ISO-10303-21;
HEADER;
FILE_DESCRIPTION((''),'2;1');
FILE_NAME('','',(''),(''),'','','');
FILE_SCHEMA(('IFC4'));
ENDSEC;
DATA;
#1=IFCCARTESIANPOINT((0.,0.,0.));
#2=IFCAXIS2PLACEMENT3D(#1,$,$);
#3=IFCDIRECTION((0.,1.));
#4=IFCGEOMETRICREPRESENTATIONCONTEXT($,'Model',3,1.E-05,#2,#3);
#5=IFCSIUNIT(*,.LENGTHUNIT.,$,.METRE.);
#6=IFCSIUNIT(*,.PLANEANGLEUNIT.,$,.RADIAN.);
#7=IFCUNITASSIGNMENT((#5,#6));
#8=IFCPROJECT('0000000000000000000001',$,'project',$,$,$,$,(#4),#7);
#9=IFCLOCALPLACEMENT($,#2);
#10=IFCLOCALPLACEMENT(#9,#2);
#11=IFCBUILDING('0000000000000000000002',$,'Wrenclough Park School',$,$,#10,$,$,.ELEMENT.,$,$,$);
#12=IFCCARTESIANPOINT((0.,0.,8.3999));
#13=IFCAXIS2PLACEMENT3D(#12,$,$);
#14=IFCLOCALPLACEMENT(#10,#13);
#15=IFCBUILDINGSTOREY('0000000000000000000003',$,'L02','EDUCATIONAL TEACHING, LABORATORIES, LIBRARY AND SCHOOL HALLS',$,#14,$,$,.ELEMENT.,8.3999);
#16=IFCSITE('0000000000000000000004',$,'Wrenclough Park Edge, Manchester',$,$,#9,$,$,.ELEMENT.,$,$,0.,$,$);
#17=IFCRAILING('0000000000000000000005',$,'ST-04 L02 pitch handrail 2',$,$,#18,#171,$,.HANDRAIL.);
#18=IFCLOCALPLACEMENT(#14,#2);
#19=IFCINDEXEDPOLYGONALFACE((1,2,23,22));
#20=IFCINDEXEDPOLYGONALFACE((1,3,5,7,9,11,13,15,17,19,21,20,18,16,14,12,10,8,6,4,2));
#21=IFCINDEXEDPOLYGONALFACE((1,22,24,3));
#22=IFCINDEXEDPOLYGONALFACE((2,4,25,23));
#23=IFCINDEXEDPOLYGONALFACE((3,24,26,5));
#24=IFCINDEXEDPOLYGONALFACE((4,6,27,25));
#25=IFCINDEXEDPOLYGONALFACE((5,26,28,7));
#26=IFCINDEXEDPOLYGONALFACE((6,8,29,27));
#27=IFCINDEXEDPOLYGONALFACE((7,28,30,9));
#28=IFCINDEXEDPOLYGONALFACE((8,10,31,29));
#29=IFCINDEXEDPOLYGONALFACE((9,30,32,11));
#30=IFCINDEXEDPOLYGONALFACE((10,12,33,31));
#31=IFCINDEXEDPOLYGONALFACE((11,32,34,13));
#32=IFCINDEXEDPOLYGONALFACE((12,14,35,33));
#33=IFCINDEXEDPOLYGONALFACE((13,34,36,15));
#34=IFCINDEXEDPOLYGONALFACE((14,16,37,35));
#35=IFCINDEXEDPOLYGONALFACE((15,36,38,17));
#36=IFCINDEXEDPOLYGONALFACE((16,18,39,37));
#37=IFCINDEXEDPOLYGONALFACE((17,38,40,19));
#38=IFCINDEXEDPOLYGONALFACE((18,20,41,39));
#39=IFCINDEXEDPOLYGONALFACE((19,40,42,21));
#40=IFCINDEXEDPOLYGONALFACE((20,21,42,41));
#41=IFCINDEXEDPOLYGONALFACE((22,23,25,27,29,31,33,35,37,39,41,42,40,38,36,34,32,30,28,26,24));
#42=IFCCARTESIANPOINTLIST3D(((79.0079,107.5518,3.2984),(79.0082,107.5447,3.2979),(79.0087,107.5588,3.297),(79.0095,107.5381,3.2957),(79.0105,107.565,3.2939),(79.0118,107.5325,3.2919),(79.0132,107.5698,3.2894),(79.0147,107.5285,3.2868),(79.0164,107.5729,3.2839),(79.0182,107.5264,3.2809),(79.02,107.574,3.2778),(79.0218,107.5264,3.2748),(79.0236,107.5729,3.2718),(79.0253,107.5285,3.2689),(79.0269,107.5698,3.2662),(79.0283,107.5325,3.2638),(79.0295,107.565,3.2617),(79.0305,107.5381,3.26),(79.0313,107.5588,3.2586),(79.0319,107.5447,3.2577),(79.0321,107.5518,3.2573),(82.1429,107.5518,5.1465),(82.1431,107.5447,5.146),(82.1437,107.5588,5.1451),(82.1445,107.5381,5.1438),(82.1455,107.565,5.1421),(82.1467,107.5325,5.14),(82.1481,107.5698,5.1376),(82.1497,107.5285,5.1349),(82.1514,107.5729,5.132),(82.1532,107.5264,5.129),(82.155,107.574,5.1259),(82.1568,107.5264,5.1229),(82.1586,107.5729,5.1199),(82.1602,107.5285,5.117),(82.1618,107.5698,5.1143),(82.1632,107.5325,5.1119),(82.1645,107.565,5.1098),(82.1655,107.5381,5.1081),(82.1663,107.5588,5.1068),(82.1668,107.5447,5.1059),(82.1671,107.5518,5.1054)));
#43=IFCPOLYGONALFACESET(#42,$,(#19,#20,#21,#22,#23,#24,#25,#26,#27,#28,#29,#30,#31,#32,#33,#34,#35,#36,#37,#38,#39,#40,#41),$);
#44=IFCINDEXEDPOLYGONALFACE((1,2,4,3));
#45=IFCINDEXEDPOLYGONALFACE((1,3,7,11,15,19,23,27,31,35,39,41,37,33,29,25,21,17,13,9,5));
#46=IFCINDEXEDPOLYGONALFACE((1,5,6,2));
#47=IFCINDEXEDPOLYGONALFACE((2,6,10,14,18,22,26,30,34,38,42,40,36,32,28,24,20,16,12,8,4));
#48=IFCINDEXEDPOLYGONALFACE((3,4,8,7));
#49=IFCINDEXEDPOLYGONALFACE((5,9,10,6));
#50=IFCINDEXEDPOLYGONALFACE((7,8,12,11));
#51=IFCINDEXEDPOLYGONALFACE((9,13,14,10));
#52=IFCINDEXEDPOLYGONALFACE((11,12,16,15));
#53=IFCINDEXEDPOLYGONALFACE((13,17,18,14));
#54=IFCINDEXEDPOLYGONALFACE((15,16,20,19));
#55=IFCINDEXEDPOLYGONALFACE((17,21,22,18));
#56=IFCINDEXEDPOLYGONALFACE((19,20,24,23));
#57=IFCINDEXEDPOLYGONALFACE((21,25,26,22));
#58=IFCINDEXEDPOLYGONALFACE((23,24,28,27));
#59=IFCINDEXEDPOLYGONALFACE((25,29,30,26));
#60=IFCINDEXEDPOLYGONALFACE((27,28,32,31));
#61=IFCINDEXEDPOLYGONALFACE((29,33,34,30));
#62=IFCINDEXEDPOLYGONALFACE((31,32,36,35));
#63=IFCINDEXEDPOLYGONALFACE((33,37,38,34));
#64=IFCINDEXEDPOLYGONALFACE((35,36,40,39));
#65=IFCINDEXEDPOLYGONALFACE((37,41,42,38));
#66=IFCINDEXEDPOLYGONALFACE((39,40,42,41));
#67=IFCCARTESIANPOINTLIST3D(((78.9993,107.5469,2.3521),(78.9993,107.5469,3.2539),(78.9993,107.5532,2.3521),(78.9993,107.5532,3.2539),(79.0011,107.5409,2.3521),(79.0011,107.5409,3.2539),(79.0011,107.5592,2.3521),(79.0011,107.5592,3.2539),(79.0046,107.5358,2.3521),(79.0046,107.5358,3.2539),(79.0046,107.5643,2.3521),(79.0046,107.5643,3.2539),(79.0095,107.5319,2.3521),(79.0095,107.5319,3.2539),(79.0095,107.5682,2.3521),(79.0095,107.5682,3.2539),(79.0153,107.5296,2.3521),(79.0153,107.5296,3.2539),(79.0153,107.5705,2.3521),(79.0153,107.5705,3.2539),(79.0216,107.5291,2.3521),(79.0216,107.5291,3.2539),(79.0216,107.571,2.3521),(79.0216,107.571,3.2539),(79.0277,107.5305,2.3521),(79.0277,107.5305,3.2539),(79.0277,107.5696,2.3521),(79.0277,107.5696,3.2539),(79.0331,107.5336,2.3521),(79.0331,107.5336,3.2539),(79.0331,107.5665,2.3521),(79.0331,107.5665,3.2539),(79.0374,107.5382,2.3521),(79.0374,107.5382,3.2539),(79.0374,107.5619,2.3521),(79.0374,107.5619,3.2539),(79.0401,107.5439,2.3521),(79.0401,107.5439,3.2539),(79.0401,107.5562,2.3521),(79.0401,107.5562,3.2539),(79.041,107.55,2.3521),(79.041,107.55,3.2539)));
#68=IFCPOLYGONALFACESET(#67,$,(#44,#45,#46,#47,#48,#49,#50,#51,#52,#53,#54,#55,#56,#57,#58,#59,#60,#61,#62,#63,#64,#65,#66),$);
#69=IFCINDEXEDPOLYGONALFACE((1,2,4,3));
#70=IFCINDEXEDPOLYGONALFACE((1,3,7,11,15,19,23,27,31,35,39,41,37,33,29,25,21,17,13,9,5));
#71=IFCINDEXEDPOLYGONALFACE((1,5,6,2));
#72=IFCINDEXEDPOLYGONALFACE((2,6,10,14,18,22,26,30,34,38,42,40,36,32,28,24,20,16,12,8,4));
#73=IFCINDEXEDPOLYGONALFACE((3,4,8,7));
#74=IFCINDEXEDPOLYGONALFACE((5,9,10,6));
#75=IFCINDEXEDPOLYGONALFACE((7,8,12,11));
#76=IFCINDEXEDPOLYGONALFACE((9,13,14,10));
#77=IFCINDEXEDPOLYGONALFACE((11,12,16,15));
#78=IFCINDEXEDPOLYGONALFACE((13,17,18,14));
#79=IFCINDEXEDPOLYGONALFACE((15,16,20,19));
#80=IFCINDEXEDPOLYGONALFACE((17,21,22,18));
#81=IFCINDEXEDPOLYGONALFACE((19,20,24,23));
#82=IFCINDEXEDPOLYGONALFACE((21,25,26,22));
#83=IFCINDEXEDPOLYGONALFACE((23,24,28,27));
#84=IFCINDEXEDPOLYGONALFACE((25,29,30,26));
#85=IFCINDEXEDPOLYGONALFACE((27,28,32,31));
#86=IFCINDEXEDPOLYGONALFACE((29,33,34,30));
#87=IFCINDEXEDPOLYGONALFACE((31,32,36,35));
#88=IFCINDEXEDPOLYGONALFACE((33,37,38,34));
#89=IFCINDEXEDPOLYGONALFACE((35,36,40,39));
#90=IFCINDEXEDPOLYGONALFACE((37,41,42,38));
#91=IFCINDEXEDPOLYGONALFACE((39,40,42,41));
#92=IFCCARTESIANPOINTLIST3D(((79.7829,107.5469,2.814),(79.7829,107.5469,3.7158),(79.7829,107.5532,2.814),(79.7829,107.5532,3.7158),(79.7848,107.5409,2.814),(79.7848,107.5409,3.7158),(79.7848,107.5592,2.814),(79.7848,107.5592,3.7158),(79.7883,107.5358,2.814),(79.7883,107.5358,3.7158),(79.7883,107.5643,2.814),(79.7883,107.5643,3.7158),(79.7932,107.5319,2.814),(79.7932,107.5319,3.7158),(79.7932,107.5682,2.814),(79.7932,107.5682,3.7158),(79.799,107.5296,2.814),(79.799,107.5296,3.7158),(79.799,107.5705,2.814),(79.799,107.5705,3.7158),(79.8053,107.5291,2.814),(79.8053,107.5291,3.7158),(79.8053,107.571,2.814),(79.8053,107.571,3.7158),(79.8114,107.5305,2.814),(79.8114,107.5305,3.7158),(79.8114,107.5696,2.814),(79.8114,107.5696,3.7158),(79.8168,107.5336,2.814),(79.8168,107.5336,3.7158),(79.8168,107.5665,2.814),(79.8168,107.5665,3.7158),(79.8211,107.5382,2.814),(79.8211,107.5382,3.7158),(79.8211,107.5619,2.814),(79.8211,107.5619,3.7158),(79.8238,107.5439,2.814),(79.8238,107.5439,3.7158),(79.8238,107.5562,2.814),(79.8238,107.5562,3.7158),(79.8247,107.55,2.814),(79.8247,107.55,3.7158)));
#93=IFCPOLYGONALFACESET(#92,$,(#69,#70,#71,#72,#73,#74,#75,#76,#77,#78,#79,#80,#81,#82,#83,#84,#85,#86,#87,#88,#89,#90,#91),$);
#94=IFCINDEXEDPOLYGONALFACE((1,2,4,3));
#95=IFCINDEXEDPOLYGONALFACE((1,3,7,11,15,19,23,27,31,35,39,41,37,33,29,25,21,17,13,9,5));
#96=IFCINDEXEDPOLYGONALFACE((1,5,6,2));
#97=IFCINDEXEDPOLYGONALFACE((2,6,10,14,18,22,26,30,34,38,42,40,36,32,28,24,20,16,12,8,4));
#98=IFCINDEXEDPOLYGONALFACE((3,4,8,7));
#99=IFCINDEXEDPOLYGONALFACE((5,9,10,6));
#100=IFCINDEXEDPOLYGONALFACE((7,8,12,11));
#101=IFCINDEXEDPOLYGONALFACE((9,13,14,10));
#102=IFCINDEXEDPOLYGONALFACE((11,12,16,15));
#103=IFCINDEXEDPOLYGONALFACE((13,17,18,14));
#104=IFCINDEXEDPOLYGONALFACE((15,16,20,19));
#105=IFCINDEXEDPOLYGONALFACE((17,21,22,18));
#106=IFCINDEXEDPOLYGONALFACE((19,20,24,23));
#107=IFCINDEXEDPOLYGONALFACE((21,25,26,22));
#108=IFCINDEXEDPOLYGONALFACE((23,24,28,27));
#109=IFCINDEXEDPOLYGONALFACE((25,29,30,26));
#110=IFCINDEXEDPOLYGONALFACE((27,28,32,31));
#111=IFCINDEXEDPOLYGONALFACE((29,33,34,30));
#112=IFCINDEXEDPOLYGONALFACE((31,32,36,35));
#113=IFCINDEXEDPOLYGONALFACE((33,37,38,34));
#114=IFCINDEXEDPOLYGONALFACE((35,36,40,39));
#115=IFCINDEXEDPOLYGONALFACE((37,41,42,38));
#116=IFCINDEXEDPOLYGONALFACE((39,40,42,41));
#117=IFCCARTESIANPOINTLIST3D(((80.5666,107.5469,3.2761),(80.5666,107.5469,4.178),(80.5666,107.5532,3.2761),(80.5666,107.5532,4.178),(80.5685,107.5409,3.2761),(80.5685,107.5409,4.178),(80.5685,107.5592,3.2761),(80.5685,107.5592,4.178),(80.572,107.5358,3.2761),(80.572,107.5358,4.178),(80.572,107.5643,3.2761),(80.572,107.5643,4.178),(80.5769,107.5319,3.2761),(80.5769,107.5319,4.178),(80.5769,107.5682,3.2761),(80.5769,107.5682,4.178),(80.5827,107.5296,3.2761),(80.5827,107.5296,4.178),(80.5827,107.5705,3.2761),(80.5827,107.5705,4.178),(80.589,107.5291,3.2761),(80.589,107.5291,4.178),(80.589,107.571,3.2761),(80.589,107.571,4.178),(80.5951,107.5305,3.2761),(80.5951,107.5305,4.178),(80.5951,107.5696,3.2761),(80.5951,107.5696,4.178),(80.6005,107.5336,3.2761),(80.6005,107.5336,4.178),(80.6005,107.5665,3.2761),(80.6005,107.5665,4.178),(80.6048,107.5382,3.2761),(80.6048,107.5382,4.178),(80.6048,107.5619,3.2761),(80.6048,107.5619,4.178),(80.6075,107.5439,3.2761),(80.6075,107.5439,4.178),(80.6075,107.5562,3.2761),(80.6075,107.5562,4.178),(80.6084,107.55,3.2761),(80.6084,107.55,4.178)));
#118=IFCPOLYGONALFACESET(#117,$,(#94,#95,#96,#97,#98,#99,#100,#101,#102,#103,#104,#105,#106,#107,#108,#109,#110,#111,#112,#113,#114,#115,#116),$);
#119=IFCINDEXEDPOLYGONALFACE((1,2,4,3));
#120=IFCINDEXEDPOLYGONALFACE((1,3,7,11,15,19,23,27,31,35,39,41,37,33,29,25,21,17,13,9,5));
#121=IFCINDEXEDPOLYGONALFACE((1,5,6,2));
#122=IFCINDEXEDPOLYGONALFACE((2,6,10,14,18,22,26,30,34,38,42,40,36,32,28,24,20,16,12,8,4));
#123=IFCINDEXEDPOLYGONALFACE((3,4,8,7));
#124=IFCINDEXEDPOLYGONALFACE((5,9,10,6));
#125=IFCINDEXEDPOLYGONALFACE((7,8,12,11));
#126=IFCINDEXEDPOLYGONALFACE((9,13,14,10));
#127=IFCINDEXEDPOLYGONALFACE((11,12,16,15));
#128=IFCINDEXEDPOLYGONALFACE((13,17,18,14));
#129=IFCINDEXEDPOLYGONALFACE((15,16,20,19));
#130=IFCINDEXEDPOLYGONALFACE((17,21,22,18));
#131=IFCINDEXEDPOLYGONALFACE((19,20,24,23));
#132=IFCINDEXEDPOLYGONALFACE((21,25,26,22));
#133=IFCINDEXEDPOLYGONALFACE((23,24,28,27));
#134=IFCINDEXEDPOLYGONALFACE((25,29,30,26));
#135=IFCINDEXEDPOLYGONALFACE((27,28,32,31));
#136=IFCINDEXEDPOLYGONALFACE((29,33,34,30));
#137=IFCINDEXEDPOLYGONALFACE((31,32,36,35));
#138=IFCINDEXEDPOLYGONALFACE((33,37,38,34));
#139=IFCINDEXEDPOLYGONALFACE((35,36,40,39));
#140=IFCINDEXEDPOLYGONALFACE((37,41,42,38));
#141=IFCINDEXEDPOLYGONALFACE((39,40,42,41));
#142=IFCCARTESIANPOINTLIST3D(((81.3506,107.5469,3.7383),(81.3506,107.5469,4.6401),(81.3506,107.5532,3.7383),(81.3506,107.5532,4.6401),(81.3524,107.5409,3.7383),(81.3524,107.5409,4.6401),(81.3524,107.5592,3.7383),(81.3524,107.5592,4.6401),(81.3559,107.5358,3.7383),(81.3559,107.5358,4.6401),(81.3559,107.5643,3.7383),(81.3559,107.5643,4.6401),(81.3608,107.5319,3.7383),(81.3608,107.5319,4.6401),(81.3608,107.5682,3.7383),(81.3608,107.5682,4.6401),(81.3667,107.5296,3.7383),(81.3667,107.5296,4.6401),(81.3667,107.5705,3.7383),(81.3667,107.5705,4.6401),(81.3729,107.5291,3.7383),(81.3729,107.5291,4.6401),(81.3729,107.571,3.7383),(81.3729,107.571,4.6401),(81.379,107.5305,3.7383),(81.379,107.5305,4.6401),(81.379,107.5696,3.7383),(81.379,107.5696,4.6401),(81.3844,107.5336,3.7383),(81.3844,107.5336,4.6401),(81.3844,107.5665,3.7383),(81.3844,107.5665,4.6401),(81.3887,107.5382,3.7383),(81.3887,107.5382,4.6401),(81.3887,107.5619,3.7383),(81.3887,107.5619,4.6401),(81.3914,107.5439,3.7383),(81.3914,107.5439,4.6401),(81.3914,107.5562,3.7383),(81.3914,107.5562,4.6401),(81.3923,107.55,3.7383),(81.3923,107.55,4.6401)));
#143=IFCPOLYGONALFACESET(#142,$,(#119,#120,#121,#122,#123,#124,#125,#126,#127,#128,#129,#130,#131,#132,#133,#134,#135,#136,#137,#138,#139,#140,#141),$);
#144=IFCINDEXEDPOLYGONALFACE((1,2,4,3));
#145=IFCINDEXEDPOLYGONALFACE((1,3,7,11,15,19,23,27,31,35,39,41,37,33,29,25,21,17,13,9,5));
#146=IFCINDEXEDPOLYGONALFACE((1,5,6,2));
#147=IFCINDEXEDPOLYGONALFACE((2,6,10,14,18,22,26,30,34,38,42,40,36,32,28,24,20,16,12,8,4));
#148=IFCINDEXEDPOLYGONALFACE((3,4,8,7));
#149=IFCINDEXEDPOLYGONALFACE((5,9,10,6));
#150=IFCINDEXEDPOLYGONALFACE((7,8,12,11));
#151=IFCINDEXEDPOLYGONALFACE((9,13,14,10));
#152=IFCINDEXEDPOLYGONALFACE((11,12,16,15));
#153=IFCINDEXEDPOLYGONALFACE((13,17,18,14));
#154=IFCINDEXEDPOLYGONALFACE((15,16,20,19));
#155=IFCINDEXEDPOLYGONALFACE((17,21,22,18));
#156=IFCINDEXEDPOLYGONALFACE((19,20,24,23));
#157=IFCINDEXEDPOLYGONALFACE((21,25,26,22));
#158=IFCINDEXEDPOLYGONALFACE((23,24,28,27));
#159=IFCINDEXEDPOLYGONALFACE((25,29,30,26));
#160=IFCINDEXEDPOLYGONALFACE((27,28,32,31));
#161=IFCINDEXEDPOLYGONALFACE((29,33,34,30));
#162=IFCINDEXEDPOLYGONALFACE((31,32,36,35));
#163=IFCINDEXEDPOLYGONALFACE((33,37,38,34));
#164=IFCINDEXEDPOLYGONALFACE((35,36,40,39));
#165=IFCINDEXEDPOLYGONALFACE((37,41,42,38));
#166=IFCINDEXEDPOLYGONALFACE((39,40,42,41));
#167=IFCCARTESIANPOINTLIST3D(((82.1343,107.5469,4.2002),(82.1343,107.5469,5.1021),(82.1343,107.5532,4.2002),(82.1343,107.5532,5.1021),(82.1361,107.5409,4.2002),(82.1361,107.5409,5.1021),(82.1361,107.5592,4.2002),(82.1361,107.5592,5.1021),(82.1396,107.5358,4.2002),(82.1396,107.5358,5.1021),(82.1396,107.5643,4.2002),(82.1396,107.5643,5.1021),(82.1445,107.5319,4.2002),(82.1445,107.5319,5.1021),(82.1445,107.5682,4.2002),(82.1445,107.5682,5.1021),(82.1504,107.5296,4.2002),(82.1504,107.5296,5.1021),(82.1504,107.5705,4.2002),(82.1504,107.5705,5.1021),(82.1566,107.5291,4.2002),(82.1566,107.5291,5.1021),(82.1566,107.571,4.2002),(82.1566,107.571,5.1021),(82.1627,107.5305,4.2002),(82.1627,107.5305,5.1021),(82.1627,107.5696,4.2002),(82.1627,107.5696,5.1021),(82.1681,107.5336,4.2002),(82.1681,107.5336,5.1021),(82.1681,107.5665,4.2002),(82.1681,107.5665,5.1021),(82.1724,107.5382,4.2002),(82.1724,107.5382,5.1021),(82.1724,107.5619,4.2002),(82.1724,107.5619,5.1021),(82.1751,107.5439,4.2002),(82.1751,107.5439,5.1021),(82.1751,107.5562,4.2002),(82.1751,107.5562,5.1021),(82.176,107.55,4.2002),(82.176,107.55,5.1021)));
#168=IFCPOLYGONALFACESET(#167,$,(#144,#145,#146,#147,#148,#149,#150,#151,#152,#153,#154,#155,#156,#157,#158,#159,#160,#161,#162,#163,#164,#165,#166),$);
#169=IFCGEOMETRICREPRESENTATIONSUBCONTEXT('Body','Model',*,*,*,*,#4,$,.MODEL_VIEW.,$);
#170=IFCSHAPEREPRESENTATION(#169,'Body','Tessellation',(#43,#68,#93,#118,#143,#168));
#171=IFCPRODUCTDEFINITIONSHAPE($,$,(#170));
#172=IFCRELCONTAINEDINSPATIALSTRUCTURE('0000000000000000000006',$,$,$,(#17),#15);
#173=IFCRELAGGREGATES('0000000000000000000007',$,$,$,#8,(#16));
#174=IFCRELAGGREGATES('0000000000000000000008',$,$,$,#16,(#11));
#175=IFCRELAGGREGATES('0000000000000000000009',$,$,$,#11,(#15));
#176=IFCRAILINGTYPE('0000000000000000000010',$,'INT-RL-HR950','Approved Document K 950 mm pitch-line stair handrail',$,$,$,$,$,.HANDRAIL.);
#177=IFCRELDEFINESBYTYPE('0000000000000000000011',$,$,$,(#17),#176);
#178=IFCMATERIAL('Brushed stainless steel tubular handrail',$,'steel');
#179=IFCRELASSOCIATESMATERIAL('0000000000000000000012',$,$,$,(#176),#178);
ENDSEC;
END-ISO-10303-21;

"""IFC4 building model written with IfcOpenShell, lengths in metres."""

from ifc_helpers import new_model, si_unit, direction, frame, origin, origin_2d, place, context, subcontext, project, spatial, circle, extrude, material, type_object, element, save


model = new_model("IFC4")

# Units and contexts
model_context = context("Model", 3, precision=1e-05, world=origin(), true_north=direction((0.0, 1.0)))
body_context = subcontext(model_context, "Body", "Model", "MODEL_VIEW")
ifc_project = project(units=[si_unit("LENGTHUNIT", "METRE"), si_unit("PLANEANGLEUNIT", "RADIAN")], contexts=[model_context])

# Site, building, storey
site_placement = place(None, origin())
site = spatial("IfcSite", under=ifc_project, at=site_placement, Name="Wrenclough Park Edge, Manchester", CompositionType="ELEMENT", RefElevation=0.0)
building_placement = place(site_placement, origin())
building = spatial("IfcBuilding", under=site, at=building_placement, Name="Wrenclough Park School", CompositionType="ELEMENT")
storey_placement = place(building_placement, frame((0.0, 0.0, 8.3999)))
storey = spatial("IfcBuildingStorey", under=building, at=storey_placement, Name="L02", Description="EDUCATIONAL TEACHING, LABORATORIES, LIBRARY AND SCHOOL HALLS", CompositionType="ELEMENT", Elevation=8.3999)

# Railing
ifc_material_1 = material(Name="Brushed stainless steel tubular handrail", Category="steel")
railing_type_1 = type_object("IfcRailingType", Name="INT-RL-HR950", Description="Approved Document K 950 mm pitch-line stair handrail", PredefinedType="HANDRAIL", material=ifc_material_1)
railing_1_placement = place(storey_placement, frame((79.02, 107.55, 2.3521)))
element("IfcRailing", 1, at=railing_1_placement, inside=storey, type_object=railing_type_1, Name="ST-04 L02 pitch handrail 2", PredefinedType="HANDRAIL", context=body_context, shape_type="SweptSolid", body=[
    extrude(circle(Radius=0.0239, at=origin_2d()), frame((0.0, 0.0, 0.9258), z_axis=(0.861451, 0.0, 0.507841), x_axis=(0.0, 1.0, 0.0)), (0.0, 0.0, 1.0), 3.6392),
    extrude(circle(Radius=0.021, at=origin_2d()), origin(), (0.0, 0.0, 1.0), 0.9019),
    extrude(circle(Radius=0.021, at=origin_2d()), frame((0.7837, 0.0, 0.4619)), (0.0, 0.0, 1.0), 0.9019),
    extrude(circle(Radius=0.021, at=origin_2d()), frame((1.5674, 0.0, 0.9241)), (0.0, 0.0, 1.0), 0.9019),
    extrude(circle(Radius=0.021, at=origin_2d()), frame((2.3513, 0.0, 1.3862)), (0.0, 0.0, 1.0), 0.9019),
    extrude(circle(Radius=0.021, at=origin_2d()), frame((3.135, 0.0, 1.8481)), (0.0, 0.0, 1.0), 0.9019),
])

save(model, "model.ifc")
